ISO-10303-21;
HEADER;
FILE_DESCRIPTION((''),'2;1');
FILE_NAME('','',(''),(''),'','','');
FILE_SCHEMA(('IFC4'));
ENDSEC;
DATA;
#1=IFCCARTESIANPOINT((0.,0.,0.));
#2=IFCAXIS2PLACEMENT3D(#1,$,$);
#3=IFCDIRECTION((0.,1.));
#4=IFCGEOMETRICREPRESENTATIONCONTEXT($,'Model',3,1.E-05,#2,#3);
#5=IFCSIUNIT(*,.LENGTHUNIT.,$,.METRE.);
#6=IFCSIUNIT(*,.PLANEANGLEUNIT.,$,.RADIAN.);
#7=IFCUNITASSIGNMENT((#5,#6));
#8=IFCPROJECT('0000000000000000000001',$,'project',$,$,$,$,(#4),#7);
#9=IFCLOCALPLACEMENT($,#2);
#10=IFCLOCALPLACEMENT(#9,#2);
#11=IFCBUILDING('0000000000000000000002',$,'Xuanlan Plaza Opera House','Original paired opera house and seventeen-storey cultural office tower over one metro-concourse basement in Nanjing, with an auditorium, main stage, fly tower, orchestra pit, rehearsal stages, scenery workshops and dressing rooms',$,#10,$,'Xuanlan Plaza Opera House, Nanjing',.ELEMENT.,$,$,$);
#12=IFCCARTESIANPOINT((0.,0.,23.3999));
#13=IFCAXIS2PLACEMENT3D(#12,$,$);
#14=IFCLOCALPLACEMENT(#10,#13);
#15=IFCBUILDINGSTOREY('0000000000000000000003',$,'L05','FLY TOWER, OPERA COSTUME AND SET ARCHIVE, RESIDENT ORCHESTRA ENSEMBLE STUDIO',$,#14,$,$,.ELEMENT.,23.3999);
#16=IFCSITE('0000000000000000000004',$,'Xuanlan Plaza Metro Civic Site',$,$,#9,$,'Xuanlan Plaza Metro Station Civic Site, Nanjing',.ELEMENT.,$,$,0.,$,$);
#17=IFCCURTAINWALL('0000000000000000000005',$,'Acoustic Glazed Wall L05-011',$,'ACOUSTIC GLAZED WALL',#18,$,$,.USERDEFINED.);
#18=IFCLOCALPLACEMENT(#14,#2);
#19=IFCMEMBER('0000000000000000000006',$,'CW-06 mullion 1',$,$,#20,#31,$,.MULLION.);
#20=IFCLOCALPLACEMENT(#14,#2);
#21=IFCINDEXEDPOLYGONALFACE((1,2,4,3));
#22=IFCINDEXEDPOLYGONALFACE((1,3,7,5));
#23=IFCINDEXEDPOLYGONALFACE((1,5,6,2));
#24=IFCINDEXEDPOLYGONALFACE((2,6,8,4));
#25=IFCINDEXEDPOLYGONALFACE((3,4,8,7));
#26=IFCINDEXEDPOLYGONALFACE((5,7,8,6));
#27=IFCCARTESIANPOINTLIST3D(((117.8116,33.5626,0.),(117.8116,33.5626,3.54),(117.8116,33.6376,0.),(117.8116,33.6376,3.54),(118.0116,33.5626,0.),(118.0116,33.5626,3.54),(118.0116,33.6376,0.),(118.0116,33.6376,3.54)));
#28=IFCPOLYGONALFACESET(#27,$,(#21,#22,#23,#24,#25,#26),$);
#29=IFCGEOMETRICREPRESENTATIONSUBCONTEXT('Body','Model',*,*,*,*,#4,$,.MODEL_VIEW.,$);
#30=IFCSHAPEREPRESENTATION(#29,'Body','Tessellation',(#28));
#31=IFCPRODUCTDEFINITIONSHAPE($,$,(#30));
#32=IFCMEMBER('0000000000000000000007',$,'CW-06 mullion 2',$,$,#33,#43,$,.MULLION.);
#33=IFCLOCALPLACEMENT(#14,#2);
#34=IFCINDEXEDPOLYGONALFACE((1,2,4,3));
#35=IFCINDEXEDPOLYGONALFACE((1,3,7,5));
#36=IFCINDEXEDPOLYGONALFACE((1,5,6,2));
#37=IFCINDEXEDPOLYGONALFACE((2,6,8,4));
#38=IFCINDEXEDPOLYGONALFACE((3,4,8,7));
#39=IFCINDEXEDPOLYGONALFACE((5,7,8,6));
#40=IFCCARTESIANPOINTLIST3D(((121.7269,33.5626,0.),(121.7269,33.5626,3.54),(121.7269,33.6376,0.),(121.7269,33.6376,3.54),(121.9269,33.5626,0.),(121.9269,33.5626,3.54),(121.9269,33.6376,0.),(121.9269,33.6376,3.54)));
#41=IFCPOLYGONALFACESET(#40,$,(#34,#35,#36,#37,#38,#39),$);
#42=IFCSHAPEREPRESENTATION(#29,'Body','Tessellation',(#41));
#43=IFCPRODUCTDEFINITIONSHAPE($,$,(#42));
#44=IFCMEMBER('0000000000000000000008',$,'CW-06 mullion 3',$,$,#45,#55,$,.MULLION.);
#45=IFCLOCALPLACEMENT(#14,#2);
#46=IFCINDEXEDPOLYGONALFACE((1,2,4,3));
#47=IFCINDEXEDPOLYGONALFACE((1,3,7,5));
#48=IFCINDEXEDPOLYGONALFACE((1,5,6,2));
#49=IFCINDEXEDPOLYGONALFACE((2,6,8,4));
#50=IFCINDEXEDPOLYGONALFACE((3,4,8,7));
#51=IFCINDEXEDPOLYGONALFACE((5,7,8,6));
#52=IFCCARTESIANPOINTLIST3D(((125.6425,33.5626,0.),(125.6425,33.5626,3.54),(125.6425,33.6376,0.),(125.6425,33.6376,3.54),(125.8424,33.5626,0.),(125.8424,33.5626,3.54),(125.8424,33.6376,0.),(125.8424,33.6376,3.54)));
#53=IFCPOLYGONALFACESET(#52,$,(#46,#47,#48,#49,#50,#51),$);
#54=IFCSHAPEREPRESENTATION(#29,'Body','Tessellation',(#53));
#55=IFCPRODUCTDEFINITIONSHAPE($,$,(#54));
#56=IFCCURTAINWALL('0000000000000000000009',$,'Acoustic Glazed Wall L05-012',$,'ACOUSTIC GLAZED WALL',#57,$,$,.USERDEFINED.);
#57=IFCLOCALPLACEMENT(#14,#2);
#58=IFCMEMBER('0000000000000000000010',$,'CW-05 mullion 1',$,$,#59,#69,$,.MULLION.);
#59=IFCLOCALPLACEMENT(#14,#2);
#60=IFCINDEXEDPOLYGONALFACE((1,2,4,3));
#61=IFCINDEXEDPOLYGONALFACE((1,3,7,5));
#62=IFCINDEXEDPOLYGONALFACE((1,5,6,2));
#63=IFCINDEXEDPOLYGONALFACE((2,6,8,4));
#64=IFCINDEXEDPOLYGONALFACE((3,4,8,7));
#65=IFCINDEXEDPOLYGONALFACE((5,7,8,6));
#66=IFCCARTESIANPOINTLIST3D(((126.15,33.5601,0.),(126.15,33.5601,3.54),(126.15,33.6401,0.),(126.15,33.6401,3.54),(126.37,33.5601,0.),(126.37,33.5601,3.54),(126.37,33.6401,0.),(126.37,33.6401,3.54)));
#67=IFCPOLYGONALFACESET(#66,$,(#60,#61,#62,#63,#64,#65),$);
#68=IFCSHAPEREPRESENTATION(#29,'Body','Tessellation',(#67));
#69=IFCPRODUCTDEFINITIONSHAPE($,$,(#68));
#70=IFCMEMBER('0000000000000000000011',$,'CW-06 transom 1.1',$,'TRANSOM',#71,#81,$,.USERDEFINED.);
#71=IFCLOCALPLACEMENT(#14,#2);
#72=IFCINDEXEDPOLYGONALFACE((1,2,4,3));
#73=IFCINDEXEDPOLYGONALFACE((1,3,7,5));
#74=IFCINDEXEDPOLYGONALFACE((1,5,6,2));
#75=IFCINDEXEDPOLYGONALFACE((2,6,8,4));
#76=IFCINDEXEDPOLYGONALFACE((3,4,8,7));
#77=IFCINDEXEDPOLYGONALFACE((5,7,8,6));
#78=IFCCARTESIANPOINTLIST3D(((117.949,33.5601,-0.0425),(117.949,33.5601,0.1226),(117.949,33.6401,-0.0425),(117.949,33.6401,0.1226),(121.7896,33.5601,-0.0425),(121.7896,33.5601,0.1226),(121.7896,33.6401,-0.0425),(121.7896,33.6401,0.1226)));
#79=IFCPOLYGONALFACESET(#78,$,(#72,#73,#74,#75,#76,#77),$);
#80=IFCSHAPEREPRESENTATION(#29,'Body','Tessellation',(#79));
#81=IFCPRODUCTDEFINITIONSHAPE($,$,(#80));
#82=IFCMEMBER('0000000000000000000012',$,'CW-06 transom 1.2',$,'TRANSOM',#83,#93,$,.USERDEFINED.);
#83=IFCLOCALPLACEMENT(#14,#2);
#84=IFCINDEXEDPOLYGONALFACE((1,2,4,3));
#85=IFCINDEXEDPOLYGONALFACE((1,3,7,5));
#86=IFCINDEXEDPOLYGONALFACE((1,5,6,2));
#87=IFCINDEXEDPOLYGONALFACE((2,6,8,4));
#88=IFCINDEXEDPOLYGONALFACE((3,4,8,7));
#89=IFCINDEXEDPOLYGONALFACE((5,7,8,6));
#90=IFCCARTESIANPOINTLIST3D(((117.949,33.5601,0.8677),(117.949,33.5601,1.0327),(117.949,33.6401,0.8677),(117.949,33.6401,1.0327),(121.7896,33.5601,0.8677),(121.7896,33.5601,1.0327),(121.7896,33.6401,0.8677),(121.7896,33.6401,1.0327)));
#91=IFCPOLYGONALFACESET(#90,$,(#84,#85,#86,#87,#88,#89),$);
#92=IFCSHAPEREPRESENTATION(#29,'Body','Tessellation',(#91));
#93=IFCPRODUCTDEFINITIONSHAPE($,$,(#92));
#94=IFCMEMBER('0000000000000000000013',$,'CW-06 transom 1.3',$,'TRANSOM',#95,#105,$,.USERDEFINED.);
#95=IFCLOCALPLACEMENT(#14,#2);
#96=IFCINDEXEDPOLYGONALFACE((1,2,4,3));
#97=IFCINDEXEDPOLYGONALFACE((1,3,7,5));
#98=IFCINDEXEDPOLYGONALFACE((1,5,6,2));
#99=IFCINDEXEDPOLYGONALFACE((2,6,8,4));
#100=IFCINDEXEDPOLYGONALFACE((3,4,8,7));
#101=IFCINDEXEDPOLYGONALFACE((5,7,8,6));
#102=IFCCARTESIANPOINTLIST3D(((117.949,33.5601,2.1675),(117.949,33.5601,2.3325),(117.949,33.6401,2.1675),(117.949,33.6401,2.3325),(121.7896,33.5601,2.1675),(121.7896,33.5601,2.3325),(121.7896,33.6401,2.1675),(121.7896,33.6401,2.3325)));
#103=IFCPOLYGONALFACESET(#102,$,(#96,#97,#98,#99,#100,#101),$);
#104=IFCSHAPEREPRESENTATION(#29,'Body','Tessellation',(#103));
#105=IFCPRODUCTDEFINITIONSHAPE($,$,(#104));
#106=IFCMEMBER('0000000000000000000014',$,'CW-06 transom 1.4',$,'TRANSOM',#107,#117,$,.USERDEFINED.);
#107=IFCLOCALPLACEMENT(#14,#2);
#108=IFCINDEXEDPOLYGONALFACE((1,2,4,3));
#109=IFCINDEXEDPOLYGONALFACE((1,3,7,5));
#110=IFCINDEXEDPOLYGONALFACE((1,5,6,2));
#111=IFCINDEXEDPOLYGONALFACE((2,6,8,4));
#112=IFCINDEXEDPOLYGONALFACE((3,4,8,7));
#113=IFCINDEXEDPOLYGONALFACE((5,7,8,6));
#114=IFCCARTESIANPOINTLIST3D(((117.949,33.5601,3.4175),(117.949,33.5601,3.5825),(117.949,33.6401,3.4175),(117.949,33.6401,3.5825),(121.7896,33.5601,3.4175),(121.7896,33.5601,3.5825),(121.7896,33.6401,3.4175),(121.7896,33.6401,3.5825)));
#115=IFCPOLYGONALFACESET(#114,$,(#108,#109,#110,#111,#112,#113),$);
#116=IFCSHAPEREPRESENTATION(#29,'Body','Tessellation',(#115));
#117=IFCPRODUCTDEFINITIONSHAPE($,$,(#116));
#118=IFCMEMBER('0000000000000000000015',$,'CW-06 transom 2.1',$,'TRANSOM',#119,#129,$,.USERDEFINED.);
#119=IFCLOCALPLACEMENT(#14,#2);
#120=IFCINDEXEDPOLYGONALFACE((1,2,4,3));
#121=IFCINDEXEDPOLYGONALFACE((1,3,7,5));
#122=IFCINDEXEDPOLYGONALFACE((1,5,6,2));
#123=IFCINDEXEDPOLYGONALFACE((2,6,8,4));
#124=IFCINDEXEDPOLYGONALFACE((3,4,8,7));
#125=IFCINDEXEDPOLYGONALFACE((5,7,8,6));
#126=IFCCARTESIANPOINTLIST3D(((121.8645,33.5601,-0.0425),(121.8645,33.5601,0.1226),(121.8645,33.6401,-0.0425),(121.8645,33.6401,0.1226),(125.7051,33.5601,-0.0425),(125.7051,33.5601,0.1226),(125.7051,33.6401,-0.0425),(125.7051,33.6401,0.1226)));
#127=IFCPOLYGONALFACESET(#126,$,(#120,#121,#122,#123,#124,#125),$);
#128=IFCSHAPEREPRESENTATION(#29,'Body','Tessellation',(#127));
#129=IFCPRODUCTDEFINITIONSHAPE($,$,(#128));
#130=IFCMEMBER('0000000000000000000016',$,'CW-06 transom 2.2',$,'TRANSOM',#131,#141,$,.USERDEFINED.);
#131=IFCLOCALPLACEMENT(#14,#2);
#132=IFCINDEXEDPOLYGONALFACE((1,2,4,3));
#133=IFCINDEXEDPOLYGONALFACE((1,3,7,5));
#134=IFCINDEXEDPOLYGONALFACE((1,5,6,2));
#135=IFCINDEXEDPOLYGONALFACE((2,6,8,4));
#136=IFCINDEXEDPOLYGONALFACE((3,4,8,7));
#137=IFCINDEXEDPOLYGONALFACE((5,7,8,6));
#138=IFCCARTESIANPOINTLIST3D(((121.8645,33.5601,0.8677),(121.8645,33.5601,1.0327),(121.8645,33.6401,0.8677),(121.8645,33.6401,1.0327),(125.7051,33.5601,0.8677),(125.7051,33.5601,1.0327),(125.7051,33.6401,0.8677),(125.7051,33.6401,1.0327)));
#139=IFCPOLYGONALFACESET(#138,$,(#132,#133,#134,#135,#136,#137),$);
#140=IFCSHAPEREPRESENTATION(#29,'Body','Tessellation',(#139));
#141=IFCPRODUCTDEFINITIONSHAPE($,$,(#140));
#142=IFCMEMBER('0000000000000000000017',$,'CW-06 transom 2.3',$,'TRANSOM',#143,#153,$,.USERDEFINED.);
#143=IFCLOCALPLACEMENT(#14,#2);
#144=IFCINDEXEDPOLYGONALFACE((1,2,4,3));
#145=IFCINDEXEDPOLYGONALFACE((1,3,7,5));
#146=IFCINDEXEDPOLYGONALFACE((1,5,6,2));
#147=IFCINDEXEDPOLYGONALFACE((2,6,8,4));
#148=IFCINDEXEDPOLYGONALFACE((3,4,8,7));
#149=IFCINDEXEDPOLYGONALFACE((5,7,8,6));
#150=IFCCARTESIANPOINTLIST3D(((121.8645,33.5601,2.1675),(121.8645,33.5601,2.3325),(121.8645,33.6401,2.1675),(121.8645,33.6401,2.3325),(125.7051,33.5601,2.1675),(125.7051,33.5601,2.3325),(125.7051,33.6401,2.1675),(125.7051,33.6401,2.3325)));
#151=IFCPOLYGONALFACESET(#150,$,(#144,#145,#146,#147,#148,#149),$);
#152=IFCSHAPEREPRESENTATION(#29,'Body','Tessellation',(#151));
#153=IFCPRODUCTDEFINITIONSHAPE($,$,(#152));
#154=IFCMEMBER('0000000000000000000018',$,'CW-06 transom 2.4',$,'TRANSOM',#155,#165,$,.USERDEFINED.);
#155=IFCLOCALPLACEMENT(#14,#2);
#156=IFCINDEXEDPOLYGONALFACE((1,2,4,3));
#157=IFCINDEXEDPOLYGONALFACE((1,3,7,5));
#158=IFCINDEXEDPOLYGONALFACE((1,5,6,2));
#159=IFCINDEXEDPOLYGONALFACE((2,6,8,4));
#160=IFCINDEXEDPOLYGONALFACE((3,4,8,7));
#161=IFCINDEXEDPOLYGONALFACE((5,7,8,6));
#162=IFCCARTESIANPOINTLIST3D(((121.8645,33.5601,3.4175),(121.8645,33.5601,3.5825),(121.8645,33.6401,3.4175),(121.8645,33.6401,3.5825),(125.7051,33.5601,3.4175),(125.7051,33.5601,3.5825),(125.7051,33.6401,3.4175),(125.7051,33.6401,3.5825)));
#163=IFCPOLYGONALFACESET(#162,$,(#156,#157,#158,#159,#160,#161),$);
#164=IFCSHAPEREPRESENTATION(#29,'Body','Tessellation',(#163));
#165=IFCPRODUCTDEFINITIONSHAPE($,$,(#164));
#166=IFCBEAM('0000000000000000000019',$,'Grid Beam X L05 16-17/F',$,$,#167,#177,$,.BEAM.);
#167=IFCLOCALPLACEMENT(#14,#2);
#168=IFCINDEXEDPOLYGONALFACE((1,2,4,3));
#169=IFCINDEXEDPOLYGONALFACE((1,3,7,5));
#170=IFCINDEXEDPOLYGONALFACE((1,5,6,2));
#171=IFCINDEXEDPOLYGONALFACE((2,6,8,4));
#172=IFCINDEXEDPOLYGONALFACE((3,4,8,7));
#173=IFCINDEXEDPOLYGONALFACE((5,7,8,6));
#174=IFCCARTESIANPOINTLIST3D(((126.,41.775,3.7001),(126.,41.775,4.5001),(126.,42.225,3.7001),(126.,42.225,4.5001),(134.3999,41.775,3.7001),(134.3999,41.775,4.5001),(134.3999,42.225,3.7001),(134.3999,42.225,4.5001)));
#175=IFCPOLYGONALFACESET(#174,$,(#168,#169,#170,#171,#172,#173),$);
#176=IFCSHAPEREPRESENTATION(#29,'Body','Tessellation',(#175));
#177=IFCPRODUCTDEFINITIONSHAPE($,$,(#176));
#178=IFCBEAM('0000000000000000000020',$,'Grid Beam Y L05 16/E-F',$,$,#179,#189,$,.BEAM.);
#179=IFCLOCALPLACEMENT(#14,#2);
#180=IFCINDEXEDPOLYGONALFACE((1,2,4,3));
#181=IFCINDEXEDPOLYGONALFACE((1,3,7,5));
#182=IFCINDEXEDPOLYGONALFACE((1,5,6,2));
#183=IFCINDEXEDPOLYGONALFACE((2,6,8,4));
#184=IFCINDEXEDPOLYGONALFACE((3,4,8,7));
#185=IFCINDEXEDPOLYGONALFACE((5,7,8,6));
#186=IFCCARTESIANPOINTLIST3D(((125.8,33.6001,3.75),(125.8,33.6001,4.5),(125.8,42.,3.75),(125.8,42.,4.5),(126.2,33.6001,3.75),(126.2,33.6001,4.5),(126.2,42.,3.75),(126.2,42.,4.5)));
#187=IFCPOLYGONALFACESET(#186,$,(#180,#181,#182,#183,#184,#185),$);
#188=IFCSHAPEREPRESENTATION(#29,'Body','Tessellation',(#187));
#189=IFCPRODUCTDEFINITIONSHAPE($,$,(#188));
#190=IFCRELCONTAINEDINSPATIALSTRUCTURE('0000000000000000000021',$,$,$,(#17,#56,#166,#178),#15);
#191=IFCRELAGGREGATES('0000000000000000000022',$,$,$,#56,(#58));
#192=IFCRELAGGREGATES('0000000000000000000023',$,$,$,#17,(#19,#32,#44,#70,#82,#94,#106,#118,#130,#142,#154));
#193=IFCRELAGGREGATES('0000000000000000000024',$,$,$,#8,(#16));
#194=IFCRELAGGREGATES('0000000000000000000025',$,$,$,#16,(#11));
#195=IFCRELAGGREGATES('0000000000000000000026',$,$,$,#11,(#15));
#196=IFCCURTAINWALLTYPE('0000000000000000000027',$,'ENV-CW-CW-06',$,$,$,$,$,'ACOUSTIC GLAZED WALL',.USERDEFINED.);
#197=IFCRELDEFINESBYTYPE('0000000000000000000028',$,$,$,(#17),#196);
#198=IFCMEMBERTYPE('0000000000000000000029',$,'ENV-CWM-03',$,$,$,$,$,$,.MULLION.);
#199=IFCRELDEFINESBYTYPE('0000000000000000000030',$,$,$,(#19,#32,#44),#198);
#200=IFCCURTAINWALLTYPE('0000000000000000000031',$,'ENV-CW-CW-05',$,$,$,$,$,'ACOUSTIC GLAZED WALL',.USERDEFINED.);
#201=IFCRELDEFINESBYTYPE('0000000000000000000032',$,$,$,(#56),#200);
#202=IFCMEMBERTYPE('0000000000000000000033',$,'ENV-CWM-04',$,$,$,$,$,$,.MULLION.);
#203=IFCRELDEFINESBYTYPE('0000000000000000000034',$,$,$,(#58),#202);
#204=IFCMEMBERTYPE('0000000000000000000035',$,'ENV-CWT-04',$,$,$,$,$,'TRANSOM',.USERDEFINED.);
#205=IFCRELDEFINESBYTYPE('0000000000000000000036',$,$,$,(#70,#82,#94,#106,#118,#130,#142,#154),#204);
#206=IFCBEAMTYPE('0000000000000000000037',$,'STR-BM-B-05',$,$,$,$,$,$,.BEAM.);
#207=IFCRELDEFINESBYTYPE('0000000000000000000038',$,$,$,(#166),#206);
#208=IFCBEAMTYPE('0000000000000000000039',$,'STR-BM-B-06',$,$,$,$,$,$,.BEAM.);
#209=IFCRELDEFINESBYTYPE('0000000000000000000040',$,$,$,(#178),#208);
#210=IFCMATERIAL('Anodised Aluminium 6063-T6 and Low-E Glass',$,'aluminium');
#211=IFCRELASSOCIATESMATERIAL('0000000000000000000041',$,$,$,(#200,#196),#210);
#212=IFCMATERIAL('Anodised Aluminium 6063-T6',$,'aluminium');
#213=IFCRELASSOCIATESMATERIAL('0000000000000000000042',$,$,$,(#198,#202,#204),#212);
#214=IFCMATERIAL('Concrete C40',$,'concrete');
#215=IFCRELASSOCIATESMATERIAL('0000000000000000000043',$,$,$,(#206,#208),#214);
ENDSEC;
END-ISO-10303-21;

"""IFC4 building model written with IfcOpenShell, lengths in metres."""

from ifc_helpers import new_model, si_unit, direction, frame, origin, origin_2d, place, context, subcontext, project, spatial, rectangle, extrude, material, material_profile, profile_set, type_object, element, aggregate, save


model = new_model("IFC4")

# Units and contexts
model_context = context("Model", 3, precision=1e-05, world=origin(), true_north=direction((0.0, 1.0)))
body_context = subcontext(model_context, "Body", "Model", "MODEL_VIEW")
ifc_project = project(units=[si_unit("LENGTHUNIT", "METRE"), si_unit("PLANEANGLEUNIT", "RADIAN")], contexts=[model_context])

# Site, building, storey
site_placement = place(None, origin())
site = spatial("IfcSite", under=ifc_project, at=site_placement, Name="Xuanlan Plaza Metro Civic Site", LongName="Xuanlan Plaza Metro Station Civic Site, Nanjing", CompositionType="ELEMENT", RefElevation=0.0)
building_placement = place(site_placement, origin())
building = spatial("IfcBuilding", under=site, at=building_placement, Name="Xuanlan Plaza Opera House", Description="Original paired opera house and seventeen-storey cultural office tower over one metro-concourse basement in Nanjing, with an auditorium, main stage, fly tower, orchestra pit, rehearsal stages, scenery workshops and dressing rooms", LongName="Xuanlan Plaza Opera House, Nanjing", CompositionType="ELEMENT")
storey_placement = place(building_placement, frame((0.0, 0.0, 23.3999)))
storey = spatial("IfcBuildingStorey", under=building, at=storey_placement, Name="L05", Description="FLY TOWER, OPERA COSTUME AND SET ARCHIVE, RESIDENT ORCHESTRA ENSEMBLE STUDIO", CompositionType="ELEMENT", Elevation=23.3999)

# Shared definitions
ifc_material_1 = material(Name="Anodised Aluminium 6063-T6 and Low-E Glass", Category="aluminium")
curtain_wall_type_1 = type_object("IfcCurtainWallType", Name="ENV-CW-CW-05", ElementType="ACOUSTIC GLAZED WALL", PredefinedType="USERDEFINED", material=ifc_material_1)
ifc_material_2 = material(Name="Anodised Aluminium 6063-T6", Category="aluminium")

# Curtain wall, members
curtain_wall_type_2 = type_object("IfcCurtainWallType", Name="ENV-CW-CW-06", ElementType="ACOUSTIC GLAZED WALL", PredefinedType="USERDEFINED", material=ifc_material_1)
curtain_wall_1_placement = place(storey_placement, origin())
curtain_wall_1 = element("IfcCurtainWall", 1, at=curtain_wall_1_placement, inside=storey, type_object=curtain_wall_type_2, Name="Acoustic Glazed Wall L05-011", ObjectType="ACOUSTIC GLAZED WALL", PredefinedType="USERDEFINED")
ifc_material_profile_1 = material_profile(ifc_material_2, rectangle(XDim=0.075, YDim=0.2, at=origin_2d()), Name="ALU-M 75x200")
ifc_profile_set_1 = profile_set([ifc_material_profile_1], Name="Anodised Aluminium 6063-T6")
member_type_1 = type_object("IfcMemberType", Name="ENV-CWM-03", PredefinedType="MULLION", material=ifc_profile_set_1)
member_1_placement = place(storey_placement, frame((117.9116, 33.6001, 0.0), z_axis=(0.0, 0.0, 1.0), x_axis=(0.0, 1.0, 0.0)))
member_1 = element("IfcMember", 2, at=member_1_placement, type_object=member_type_1, Name="CW-06 mullion 1", PredefinedType="MULLION", context=body_context, shape_type="SweptSolid", body=[
    extrude(rectangle(XDim=0.075, YDim=0.2, at=origin_2d()), origin(), (0.0, 0.0, 1.0), 3.54),
])
member_2_placement = place(storey_placement, frame((121.8269, 33.6001, 0.0), z_axis=(0.0, 0.0, 1.0), x_axis=(0.0, 1.0, 0.0)))
member_2 = element("IfcMember", 3, at=member_2_placement, type_object=member_type_1, Name="CW-06 mullion 2", PredefinedType="MULLION", context=body_context, shape_type="SweptSolid", body=[
    extrude(rectangle(XDim=0.075, YDim=0.2, at=origin_2d()), origin(), (0.0, 0.0, 1.0), 3.54),
])
member_3_placement = place(storey_placement, frame((125.7424, 33.6001, 0.0), z_axis=(0.0, 0.0, 1.0), x_axis=(0.0, 1.0, 0.0)))
member_3 = element("IfcMember", 4, at=member_3_placement, type_object=member_type_1, Name="CW-06 mullion 3", PredefinedType="MULLION", context=body_context, shape_type="SweptSolid", body=[
    extrude(rectangle(XDim=0.075, YDim=0.2, at=origin_2d()), origin(), (0.0, 0.0, 1.0), 3.54),
])

# Curtain wall, member
curtain_wall_2_placement = place(storey_placement, origin())
curtain_wall_2 = element("IfcCurtainWall", 5, at=curtain_wall_2_placement, inside=storey, type_object=curtain_wall_type_1, Name="Acoustic Glazed Wall L05-012", ObjectType="ACOUSTIC GLAZED WALL", PredefinedType="USERDEFINED")
ifc_material_profile_2 = material_profile(ifc_material_2, rectangle(XDim=0.0801, YDim=0.22, at=origin_2d()), Name="ALU-M 80x220")
ifc_profile_set_2 = profile_set([ifc_material_profile_2], Name="Anodised Aluminium 6063-T6")
member_type_2 = type_object("IfcMemberType", Name="ENV-CWM-04", PredefinedType="MULLION", material=ifc_profile_set_2)
member_4_placement = place(storey_placement, frame((126.26, 33.6001, 0.0), z_axis=(0.0, 0.0, 1.0), x_axis=(0.0, 1.0, 0.0)))
member_4 = element("IfcMember", 6, at=member_4_placement, type_object=member_type_2, Name="CW-05 mullion 1", PredefinedType="MULLION", context=body_context, shape_type="SweptSolid", body=[
    extrude(rectangle(XDim=0.0801, YDim=0.22, at=origin_2d()), origin(), (0.0, 0.0, 1.0), 3.54),
])
aggregate(curtain_wall_2, [member_4])

# Members
ifc_material_profile_3 = material_profile(ifc_material_2, rectangle(XDim=0.0801, YDim=0.165, at=origin_2d()), Name="ALU-T 80x165")
ifc_profile_set_3 = profile_set([ifc_material_profile_3], Name="Anodised Aluminium 6063-T6")
member_type_3 = type_object("IfcMemberType", Name="ENV-CWT-04", ElementType="TRANSOM", PredefinedType="USERDEFINED", material=ifc_profile_set_3)
member_5_placement = place(storey_placement, frame((117.949, 33.6001, 0.04), z_axis=(1.0, 0.0, 0.0), x_axis=(0.0, 1.0, 0.0)))
member_5 = element("IfcMember", 7, at=member_5_placement, type_object=member_type_3, Name="CW-06 transom 1.1", ObjectType="TRANSOM", PredefinedType="USERDEFINED", context=body_context, shape_type="SweptSolid", body=[
    extrude(rectangle(XDim=0.0801, YDim=0.165, at=origin_2d()), origin(), (0.0, 0.0, 1.0), 3.8406),
])
member_6_placement = place(storey_placement, frame((117.949, 33.6001, 0.9502), z_axis=(1.0, 0.0, 0.0), x_axis=(0.0, 1.0, 0.0)))
member_6 = element("IfcMember", 8, at=member_6_placement, type_object=member_type_3, Name="CW-06 transom 1.2", ObjectType="TRANSOM", PredefinedType="USERDEFINED", context=body_context, shape_type="SweptSolid", body=[
    extrude(rectangle(XDim=0.0801, YDim=0.165, at=origin_2d()), origin(), (0.0, 0.0, 1.0), 3.8406),
])
member_7_placement = place(storey_placement, frame((117.949, 33.6001, 2.25), z_axis=(1.0, 0.0, 0.0), x_axis=(0.0, 1.0, 0.0)))
member_7 = element("IfcMember", 9, at=member_7_placement, type_object=member_type_3, Name="CW-06 transom 1.3", ObjectType="TRANSOM", PredefinedType="USERDEFINED", context=body_context, shape_type="SweptSolid", body=[
    extrude(rectangle(XDim=0.0801, YDim=0.165, at=origin_2d()), origin(), (0.0, 0.0, 1.0), 3.8406),
])
member_8_placement = place(storey_placement, frame((117.949, 33.6001, 3.5), z_axis=(1.0, 0.0, 0.0), x_axis=(0.0, 1.0, 0.0)))
member_8 = element("IfcMember", 10, at=member_8_placement, type_object=member_type_3, Name="CW-06 transom 1.4", ObjectType="TRANSOM", PredefinedType="USERDEFINED", context=body_context, shape_type="SweptSolid", body=[
    extrude(rectangle(XDim=0.0801, YDim=0.165, at=origin_2d()), origin(), (0.0, 0.0, 1.0), 3.8406),
])
member_9_placement = place(storey_placement, frame((121.8645, 33.6001, 0.04), z_axis=(1.0, 0.0, 0.0), x_axis=(0.0, 1.0, 0.0)))
member_9 = element("IfcMember", 11, at=member_9_placement, type_object=member_type_3, Name="CW-06 transom 2.1", ObjectType="TRANSOM", PredefinedType="USERDEFINED", context=body_context, shape_type="SweptSolid", body=[
    extrude(rectangle(XDim=0.0801, YDim=0.165, at=origin_2d()), origin(), (0.0, 0.0, 1.0), 3.8406),
])
member_10_placement = place(storey_placement, frame((121.8645, 33.6001, 0.9502), z_axis=(1.0, 0.0, 0.0), x_axis=(0.0, 1.0, 0.0)))
member_10 = element("IfcMember", 12, at=member_10_placement, type_object=member_type_3, Name="CW-06 transom 2.2", ObjectType="TRANSOM", PredefinedType="USERDEFINED", context=body_context, shape_type="SweptSolid", body=[
    extrude(rectangle(XDim=0.0801, YDim=0.165, at=origin_2d()), origin(), (0.0, 0.0, 1.0), 3.8406),
])
member_11_placement = place(storey_placement, frame((121.8645, 33.6001, 2.25), z_axis=(1.0, 0.0, 0.0), x_axis=(0.0, 1.0, 0.0)))
member_11 = element("IfcMember", 13, at=member_11_placement, type_object=member_type_3, Name="CW-06 transom 2.3", ObjectType="TRANSOM", PredefinedType="USERDEFINED", context=body_context, shape_type="SweptSolid", body=[
    extrude(rectangle(XDim=0.0801, YDim=0.165, at=origin_2d()), origin(), (0.0, 0.0, 1.0), 3.8406),
])
member_12_placement = place(storey_placement, frame((121.8645, 33.6001, 3.5), z_axis=(1.0, 0.0, 0.0), x_axis=(0.0, 1.0, 0.0)))
member_12 = element("IfcMember", 14, at=member_12_placement, type_object=member_type_3, Name="CW-06 transom 2.4", ObjectType="TRANSOM", PredefinedType="USERDEFINED", context=body_context, shape_type="SweptSolid", body=[
    extrude(rectangle(XDim=0.0801, YDim=0.165, at=origin_2d()), origin(), (0.0, 0.0, 1.0), 3.8406),
])

# Beams
ifc_material_3 = material(Name="Concrete C40", Category="concrete")
ifc_material_profile_4 = material_profile(ifc_material_3, rectangle(XDim=0.45, YDim=0.8, at=origin_2d()), Name="RC-BM 450x800")
ifc_profile_set_4 = profile_set([ifc_material_profile_4], Name="Concrete C40")
beam_type_1 = type_object("IfcBeamType", Name="STR-BM-B-05", PredefinedType="BEAM", material=ifc_profile_set_4)
beam_1_placement = place(storey_placement, frame((126.0, 42.0, 4.1001), z_axis=(1.0, 0.0, 0.0), x_axis=(0.0, 1.0, 0.0)))
element("IfcBeam", 15, at=beam_1_placement, inside=storey, type_object=beam_type_1, Name="Grid Beam X L05 16-17/F", PredefinedType="BEAM", context=body_context, shape_type="SweptSolid", body=[
    extrude(rectangle(XDim=0.45, YDim=0.8, at=origin_2d()), origin(), (0.0, 0.0, 1.0), 8.3999),
])
ifc_material_profile_5 = material_profile(ifc_material_3, rectangle(XDim=0.3999, YDim=0.75, at=origin_2d()), Name="RC-BM 400x750")
ifc_profile_set_5 = profile_set([ifc_material_profile_5], Name="Concrete C40")
beam_type_2 = type_object("IfcBeamType", Name="STR-BM-B-06", PredefinedType="BEAM", material=ifc_profile_set_5)
for number, where, z_axis, x_axis, name in (
    (16, (126.0, 33.6001, 4.125), (0.0, 1.0, 0.0), (-1.0, 0.0, 0.0), "Grid Beam Y L05 16/E-F"),
):
    element("IfcBeam", number, at=place(storey_placement, frame(where, z_axis=z_axis, x_axis=x_axis)), inside=storey, type_object=beam_type_2, Name=name, PredefinedType="BEAM", context=body_context, shape_type="SweptSolid", body=[
        extrude(rectangle(XDim=0.3999, YDim=0.75, at=origin_2d()), origin(), (0.0, 0.0, 1.0), 8.3999),
    ])

aggregate(curtain_wall_1, [member_1, member_2, member_3, member_5, member_6, member_7, member_8, member_9, member_10, member_11, member_12])

save(model, "model.ifc")
